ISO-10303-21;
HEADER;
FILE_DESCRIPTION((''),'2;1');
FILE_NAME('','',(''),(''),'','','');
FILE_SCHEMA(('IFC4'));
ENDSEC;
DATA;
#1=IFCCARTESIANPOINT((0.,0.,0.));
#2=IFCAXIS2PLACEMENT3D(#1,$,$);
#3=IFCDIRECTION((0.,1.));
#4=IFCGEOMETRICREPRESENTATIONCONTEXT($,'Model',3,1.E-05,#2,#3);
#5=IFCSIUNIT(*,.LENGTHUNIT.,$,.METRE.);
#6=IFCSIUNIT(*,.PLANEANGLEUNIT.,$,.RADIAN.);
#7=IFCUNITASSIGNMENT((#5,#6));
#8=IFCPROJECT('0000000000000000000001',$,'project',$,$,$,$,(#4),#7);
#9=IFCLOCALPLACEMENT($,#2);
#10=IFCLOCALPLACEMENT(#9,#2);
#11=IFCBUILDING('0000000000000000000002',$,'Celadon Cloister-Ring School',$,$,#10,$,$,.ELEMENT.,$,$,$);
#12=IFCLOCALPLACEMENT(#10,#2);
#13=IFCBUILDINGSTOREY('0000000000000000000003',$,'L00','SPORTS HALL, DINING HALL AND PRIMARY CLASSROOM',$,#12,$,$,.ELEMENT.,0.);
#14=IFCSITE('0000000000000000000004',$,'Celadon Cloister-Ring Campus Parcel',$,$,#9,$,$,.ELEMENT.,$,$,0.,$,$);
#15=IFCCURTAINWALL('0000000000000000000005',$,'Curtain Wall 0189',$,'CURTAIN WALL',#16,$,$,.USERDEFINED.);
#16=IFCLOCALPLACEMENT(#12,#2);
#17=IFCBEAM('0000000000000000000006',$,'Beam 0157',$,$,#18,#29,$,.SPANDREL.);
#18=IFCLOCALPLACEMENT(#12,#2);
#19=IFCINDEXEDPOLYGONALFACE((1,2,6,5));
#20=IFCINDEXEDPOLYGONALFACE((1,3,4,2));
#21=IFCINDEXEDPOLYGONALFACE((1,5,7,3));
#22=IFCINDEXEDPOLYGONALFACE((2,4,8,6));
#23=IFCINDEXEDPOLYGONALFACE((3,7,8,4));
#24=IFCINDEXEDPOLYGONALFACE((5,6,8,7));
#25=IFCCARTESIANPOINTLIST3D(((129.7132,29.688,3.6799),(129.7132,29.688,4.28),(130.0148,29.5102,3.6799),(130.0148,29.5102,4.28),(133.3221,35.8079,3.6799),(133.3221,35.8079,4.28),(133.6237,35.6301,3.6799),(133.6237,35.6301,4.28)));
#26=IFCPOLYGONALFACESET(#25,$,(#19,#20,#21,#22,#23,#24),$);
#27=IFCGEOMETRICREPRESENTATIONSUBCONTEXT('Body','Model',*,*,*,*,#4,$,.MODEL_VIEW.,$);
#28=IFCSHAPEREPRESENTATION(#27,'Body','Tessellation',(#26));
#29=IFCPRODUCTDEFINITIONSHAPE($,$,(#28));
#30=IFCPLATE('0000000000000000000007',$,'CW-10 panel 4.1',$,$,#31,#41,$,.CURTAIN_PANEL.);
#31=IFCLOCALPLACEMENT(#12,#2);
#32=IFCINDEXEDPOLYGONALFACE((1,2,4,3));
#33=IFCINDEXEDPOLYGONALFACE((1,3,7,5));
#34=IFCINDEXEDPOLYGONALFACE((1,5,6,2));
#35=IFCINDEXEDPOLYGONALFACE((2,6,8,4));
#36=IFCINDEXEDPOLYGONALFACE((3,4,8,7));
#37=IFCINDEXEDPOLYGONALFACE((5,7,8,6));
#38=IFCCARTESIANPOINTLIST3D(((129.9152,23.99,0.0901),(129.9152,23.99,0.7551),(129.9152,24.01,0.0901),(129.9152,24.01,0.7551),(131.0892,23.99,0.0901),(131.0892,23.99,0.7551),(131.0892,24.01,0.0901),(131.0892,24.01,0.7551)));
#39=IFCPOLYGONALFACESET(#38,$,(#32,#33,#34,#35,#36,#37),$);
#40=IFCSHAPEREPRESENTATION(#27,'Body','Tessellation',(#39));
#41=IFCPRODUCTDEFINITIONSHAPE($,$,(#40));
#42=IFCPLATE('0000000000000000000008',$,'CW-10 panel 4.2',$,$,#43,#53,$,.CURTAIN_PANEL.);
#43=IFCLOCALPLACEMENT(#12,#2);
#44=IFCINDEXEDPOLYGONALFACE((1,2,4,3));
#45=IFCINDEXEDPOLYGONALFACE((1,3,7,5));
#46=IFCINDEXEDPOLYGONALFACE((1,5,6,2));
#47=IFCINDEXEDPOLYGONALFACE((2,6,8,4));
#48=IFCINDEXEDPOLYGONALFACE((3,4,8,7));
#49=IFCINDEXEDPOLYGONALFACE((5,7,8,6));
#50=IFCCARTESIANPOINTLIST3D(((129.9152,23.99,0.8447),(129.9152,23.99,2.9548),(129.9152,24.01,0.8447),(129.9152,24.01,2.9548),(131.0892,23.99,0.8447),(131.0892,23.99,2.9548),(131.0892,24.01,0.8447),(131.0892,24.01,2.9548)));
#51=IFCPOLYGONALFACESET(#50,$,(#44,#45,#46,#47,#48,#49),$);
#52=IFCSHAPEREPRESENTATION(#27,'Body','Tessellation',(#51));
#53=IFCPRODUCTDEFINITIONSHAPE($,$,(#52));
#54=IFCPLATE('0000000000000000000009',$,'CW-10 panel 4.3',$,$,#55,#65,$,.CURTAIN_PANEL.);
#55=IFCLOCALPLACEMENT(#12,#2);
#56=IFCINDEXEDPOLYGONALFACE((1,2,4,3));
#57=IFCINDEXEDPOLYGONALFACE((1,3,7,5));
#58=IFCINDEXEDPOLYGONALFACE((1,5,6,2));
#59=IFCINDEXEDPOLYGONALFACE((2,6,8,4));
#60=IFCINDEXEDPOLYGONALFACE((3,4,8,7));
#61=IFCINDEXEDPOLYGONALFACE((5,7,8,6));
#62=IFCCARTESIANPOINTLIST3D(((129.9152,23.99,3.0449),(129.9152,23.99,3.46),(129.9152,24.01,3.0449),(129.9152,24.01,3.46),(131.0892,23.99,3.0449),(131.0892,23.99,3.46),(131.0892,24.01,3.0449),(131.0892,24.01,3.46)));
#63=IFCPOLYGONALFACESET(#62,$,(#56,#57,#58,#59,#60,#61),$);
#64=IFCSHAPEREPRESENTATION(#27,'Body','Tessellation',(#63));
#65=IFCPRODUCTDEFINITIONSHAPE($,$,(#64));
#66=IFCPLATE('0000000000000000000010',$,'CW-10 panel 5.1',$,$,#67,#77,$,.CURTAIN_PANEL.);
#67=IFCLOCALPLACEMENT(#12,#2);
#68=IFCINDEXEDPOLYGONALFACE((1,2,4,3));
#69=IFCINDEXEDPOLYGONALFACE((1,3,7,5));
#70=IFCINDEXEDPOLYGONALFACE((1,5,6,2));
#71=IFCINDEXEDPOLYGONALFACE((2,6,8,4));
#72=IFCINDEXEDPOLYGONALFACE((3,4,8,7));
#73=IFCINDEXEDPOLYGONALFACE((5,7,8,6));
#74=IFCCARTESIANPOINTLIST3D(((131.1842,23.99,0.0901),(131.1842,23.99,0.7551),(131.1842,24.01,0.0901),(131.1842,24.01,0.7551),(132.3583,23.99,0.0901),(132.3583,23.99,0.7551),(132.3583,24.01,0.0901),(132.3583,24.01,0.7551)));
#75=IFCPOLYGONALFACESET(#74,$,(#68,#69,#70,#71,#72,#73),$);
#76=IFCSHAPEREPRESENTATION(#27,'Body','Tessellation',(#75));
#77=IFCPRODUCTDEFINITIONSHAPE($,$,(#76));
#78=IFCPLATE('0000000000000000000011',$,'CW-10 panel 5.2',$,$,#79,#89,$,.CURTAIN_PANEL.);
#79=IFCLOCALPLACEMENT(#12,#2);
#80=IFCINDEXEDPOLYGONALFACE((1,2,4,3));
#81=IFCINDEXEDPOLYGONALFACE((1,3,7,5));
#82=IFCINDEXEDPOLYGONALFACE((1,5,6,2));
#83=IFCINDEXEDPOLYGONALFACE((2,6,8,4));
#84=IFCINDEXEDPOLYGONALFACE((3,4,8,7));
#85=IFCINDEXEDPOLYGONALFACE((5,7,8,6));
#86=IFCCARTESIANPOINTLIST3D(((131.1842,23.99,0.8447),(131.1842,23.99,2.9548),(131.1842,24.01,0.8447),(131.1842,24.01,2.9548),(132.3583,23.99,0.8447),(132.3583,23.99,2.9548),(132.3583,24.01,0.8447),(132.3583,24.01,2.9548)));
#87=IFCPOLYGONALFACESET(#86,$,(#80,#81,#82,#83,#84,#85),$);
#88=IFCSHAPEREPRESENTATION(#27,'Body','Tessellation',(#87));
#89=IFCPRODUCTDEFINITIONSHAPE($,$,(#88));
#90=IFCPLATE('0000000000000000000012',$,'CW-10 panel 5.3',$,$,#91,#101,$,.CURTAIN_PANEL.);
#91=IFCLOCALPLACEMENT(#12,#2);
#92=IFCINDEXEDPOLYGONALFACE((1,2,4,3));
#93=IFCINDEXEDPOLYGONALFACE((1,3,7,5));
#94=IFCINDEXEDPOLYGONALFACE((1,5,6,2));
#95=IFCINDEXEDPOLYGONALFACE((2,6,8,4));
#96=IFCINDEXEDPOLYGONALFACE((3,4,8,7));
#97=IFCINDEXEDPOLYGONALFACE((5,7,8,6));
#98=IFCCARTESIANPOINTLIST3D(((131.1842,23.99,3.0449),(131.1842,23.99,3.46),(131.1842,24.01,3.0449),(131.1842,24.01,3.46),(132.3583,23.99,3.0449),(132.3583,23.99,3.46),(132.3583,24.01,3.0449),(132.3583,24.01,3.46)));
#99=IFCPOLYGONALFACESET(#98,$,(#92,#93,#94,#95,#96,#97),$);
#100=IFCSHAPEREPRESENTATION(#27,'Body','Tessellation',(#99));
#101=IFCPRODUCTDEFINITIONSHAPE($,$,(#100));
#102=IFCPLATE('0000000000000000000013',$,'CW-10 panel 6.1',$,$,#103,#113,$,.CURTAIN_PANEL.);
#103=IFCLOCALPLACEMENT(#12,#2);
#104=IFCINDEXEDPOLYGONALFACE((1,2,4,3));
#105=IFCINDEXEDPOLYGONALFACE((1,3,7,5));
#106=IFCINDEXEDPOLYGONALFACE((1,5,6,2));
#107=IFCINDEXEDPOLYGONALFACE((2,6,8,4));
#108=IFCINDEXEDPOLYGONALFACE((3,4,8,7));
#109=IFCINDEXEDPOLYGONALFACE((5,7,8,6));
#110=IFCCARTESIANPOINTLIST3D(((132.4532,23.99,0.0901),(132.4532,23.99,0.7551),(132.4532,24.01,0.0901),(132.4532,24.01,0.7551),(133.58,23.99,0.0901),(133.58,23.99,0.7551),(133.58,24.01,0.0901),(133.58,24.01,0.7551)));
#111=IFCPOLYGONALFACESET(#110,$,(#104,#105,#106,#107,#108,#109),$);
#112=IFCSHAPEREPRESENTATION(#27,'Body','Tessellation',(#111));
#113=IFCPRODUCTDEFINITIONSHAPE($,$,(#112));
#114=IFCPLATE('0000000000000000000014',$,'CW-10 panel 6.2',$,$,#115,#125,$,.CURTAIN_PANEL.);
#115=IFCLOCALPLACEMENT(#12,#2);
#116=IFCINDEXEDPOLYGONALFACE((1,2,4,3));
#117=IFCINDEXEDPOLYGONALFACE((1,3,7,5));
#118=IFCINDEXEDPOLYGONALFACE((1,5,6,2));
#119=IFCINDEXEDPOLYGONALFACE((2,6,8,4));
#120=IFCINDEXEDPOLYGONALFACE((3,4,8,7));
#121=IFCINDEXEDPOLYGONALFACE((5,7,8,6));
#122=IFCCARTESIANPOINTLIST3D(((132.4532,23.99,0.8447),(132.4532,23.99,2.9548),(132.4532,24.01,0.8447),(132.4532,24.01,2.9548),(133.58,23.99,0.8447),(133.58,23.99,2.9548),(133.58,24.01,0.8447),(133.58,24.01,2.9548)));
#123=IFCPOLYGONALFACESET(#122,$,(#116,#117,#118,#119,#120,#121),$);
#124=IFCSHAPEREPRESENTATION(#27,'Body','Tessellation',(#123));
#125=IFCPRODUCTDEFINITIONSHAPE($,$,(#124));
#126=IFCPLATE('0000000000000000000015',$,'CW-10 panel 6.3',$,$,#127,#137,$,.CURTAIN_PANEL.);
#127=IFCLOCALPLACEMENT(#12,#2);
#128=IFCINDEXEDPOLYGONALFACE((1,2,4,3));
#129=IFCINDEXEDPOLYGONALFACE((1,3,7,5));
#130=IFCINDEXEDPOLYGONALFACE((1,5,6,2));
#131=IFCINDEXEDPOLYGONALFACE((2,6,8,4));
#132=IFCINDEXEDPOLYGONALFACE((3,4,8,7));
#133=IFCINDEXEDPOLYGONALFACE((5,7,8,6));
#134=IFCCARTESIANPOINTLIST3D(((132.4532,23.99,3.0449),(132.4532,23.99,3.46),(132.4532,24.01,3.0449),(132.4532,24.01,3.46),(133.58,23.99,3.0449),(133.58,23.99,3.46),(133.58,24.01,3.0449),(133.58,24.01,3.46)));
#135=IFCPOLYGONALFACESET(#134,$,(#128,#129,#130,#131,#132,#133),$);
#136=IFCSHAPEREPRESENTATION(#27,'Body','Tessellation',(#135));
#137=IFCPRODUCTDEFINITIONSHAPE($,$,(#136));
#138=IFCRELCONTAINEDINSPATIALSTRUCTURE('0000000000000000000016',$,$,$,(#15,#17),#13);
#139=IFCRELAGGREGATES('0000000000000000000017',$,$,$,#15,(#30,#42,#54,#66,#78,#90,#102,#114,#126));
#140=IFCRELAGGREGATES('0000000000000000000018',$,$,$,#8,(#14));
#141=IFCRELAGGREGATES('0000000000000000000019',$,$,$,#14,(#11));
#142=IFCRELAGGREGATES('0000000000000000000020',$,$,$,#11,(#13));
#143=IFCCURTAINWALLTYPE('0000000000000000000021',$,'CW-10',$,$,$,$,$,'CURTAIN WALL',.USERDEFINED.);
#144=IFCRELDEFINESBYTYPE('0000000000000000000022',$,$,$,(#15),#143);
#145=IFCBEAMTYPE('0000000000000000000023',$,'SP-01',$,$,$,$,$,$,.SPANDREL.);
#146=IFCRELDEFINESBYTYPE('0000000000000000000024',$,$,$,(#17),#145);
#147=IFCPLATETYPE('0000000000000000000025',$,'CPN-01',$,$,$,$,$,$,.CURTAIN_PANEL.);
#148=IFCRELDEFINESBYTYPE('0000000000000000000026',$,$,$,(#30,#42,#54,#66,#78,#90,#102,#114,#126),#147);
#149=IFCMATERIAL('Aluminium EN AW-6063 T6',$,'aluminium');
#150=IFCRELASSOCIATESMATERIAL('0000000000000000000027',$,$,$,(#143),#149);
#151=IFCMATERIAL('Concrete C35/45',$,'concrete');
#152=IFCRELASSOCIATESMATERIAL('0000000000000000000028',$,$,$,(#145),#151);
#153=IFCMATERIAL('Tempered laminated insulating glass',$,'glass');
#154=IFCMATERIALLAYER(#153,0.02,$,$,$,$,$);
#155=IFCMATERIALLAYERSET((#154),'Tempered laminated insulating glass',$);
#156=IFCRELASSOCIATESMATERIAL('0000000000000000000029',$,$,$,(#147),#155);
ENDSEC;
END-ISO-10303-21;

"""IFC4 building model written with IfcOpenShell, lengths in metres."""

from ifc_helpers import new_model, si_unit, direction, frame, origin, origin_2d, place, context, subcontext, project, spatial, rectangle, extrude, material, layer, layer_set, material_profile, profile_set, type_object, element, aggregate, save


model = new_model("IFC4")

# Units and contexts
model_context = context("Model", 3, precision=1e-05, world=origin(), true_north=direction((0.0, 1.0)))
body_context = subcontext(model_context, "Body", "Model", "MODEL_VIEW")
ifc_project = project(units=[si_unit("LENGTHUNIT", "METRE"), si_unit("PLANEANGLEUNIT", "RADIAN")], contexts=[model_context])

# Site, building, storey
site_placement = place(None, origin())
site = spatial("IfcSite", under=ifc_project, at=site_placement, Name="Celadon Cloister-Ring Campus Parcel", CompositionType="ELEMENT", RefElevation=0.0)
building_placement = place(site_placement, origin())
building = spatial("IfcBuilding", under=site, at=building_placement, Name="Celadon Cloister-Ring School", CompositionType="ELEMENT")
storey_placement = place(building_placement, origin())
storey = spatial("IfcBuildingStorey", under=building, at=storey_placement, Name="L00", Description="SPORTS HALL, DINING HALL AND PRIMARY CLASSROOM", CompositionType="ELEMENT", Elevation=0.0)

# Curtain wall
ifc_material_1 = material(Name="Aluminium EN AW-6063 T6", Category="aluminium")
curtain_wall_type = type_object("IfcCurtainWallType", Name="CW-10", ElementType="CURTAIN WALL", PredefinedType="USERDEFINED", material=ifc_material_1)
curtain_wall_placement = place(storey_placement, origin())
curtain_wall = element("IfcCurtainWall", 1, at=curtain_wall_placement, inside=storey, type_object=curtain_wall_type, Name="Curtain Wall 0189", ObjectType="CURTAIN WALL", PredefinedType="USERDEFINED")

# Beam
ifc_material_2 = material(Name="Concrete C35/45", Category="concrete")
ifc_material_profile_1 = material_profile(ifc_material_2, rectangle(XDim=0.3501, YDim=0.6001, at=origin_2d()), Name="RC350X600")
ifc_profile_set_1 = profile_set([ifc_material_profile_1], Name="Concrete C35/45")
beam_type_1 = type_object("IfcBeamType", Name="SP-01", PredefinedType="SPANDREL", material=ifc_profile_set_1)
beam_1_placement = place(storey_placement, frame((129.864, 29.5991, 3.98), z_axis=(0.507957, 0.861382, 0.0), x_axis=(-0.861382, 0.507957, 0.0)))
element("IfcBeam", 2, at=beam_1_placement, inside=storey, type_object=beam_type_1, Name="Beam 0157", PredefinedType="SPANDREL", context=body_context, shape_type="SweptSolid", body=[
    extrude(rectangle(XDim=0.3501, YDim=0.6001, at=origin_2d()), origin(), (0.0, 0.0, 1.0), 7.1047),
])

# Plates
ifc_material_3 = material(Name="Tempered laminated insulating glass", Category="glass")
ifc_layer_1 = layer(ifc_material_3, 0.02)
ifc_layer_set_1 = layer_set([ifc_layer_1], Name="Tempered laminated insulating glass")
plate_type = type_object("IfcPlateType", Name="CPN-01", PredefinedType="CURTAIN_PANEL", material=ifc_layer_set_1)
plate_1_placement = place(storey_placement, frame((130.5022, 24.0, 0.0901), z_axis=(0.0, 0.0, 1.0), x_axis=(1.0, 0.0, 0.0)))
plate_1 = element("IfcPlate", 3, at=plate_1_placement, type_object=plate_type, Name="CW-10 panel 4.1", PredefinedType="CURTAIN_PANEL", context=body_context, shape_type="SweptSolid", body=[
    extrude(rectangle(XDim=1.1741, YDim=0.02, at=origin_2d()), origin(), (0.0, 0.0, 1.0), 0.665),
])
plate_2_placement = place(storey_placement, frame((130.5022, 24.0, 0.8447), z_axis=(0.0, 0.0, 1.0), x_axis=(1.0, 0.0, 0.0)))
plate_2 = element("IfcPlate", 4, at=plate_2_placement, type_object=plate_type, Name="CW-10 panel 4.2", PredefinedType="CURTAIN_PANEL", context=body_context, shape_type="SweptSolid", body=[
    extrude(rectangle(XDim=1.1741, YDim=0.02, at=origin_2d()), origin(), (0.0, 0.0, 1.0), 2.1101),
])
plate_3_placement = place(storey_placement, frame((130.5022, 24.0, 3.0449), z_axis=(0.0, 0.0, 1.0), x_axis=(1.0, 0.0, 0.0)))
plate_3 = element("IfcPlate", 5, at=plate_3_placement, type_object=plate_type, Name="CW-10 panel 4.3", PredefinedType="CURTAIN_PANEL", context=body_context, shape_type="SweptSolid", body=[
    extrude(rectangle(XDim=1.1741, YDim=0.02, at=origin_2d()), origin(), (0.0, 0.0, 1.0), 0.415),
])
plate_4_placement = place(storey_placement, frame((131.7712, 24.0, 0.0901), z_axis=(0.0, 0.0, 1.0), x_axis=(1.0, 0.0, 0.0)))
plate_4 = element("IfcPlate", 6, at=plate_4_placement, type_object=plate_type, Name="CW-10 panel 5.1", PredefinedType="CURTAIN_PANEL", context=body_context, shape_type="SweptSolid", body=[
    extrude(rectangle(XDim=1.1741, YDim=0.02, at=origin_2d()), origin(), (0.0, 0.0, 1.0), 0.665),
])
plate_5_placement = place(storey_placement, frame((131.7712, 24.0, 0.8447), z_axis=(0.0, 0.0, 1.0), x_axis=(1.0, 0.0, 0.0)))
plate_5 = element("IfcPlate", 7, at=plate_5_placement, type_object=plate_type, Name="CW-10 panel 5.2", PredefinedType="CURTAIN_PANEL", context=body_context, shape_type="SweptSolid", body=[
    extrude(rectangle(XDim=1.1741, YDim=0.02, at=origin_2d()), origin(), (0.0, 0.0, 1.0), 2.1101),
])
plate_6_placement = place(storey_placement, frame((131.7712, 24.0, 3.0449), z_axis=(0.0, 0.0, 1.0), x_axis=(1.0, 0.0, 0.0)))
plate_6 = element("IfcPlate", 8, at=plate_6_placement, type_object=plate_type, Name="CW-10 panel 5.3", PredefinedType="CURTAIN_PANEL", context=body_context, shape_type="SweptSolid", body=[
    extrude(rectangle(XDim=1.1741, YDim=0.02, at=origin_2d()), origin(), (0.0, 0.0, 1.0), 0.415),
])
plate_7_placement = place(storey_placement, frame((133.0166, 24.0, 0.0901), z_axis=(0.0, 0.0, 1.0), x_axis=(1.0, 0.0, 0.0)))
plate_7 = element("IfcPlate", 9, at=plate_7_placement, type_object=plate_type, Name="CW-10 panel 6.1", PredefinedType="CURTAIN_PANEL", context=body_context, shape_type="SweptSolid", body=[
    extrude(rectangle(XDim=1.1267, YDim=0.02, at=origin_2d()), origin(), (0.0, 0.0, 1.0), 0.665),
])
plate_8_placement = place(storey_placement, frame((133.0166, 24.0, 0.8447), z_axis=(0.0, 0.0, 1.0), x_axis=(1.0, 0.0, 0.0)))
plate_8 = element("IfcPlate", 10, at=plate_8_placement, type_object=plate_type, Name="CW-10 panel 6.2", PredefinedType="CURTAIN_PANEL", context=body_context, shape_type="SweptSolid", body=[
    extrude(rectangle(XDim=1.1267, YDim=0.02, at=origin_2d()), origin(), (0.0, 0.0, 1.0), 2.1101),
])
plate_9_placement = place(storey_placement, frame((133.0166, 24.0, 3.0449), z_axis=(0.0, 0.0, 1.0), x_axis=(1.0, 0.0, 0.0)))
plate_9 = element("IfcPlate", 11, at=plate_9_placement, type_object=plate_type, Name="CW-10 panel 6.3", PredefinedType="CURTAIN_PANEL", context=body_context, shape_type="SweptSolid", body=[
    extrude(rectangle(XDim=1.1267, YDim=0.02, at=origin_2d()), origin(), (0.0, 0.0, 1.0), 0.415),
])
aggregate(curtain_wall, [plate_1, plate_2, plate_3, plate_4, plate_5, plate_6, plate_7, plate_8, plate_9])

save(model, "model.ifc")
